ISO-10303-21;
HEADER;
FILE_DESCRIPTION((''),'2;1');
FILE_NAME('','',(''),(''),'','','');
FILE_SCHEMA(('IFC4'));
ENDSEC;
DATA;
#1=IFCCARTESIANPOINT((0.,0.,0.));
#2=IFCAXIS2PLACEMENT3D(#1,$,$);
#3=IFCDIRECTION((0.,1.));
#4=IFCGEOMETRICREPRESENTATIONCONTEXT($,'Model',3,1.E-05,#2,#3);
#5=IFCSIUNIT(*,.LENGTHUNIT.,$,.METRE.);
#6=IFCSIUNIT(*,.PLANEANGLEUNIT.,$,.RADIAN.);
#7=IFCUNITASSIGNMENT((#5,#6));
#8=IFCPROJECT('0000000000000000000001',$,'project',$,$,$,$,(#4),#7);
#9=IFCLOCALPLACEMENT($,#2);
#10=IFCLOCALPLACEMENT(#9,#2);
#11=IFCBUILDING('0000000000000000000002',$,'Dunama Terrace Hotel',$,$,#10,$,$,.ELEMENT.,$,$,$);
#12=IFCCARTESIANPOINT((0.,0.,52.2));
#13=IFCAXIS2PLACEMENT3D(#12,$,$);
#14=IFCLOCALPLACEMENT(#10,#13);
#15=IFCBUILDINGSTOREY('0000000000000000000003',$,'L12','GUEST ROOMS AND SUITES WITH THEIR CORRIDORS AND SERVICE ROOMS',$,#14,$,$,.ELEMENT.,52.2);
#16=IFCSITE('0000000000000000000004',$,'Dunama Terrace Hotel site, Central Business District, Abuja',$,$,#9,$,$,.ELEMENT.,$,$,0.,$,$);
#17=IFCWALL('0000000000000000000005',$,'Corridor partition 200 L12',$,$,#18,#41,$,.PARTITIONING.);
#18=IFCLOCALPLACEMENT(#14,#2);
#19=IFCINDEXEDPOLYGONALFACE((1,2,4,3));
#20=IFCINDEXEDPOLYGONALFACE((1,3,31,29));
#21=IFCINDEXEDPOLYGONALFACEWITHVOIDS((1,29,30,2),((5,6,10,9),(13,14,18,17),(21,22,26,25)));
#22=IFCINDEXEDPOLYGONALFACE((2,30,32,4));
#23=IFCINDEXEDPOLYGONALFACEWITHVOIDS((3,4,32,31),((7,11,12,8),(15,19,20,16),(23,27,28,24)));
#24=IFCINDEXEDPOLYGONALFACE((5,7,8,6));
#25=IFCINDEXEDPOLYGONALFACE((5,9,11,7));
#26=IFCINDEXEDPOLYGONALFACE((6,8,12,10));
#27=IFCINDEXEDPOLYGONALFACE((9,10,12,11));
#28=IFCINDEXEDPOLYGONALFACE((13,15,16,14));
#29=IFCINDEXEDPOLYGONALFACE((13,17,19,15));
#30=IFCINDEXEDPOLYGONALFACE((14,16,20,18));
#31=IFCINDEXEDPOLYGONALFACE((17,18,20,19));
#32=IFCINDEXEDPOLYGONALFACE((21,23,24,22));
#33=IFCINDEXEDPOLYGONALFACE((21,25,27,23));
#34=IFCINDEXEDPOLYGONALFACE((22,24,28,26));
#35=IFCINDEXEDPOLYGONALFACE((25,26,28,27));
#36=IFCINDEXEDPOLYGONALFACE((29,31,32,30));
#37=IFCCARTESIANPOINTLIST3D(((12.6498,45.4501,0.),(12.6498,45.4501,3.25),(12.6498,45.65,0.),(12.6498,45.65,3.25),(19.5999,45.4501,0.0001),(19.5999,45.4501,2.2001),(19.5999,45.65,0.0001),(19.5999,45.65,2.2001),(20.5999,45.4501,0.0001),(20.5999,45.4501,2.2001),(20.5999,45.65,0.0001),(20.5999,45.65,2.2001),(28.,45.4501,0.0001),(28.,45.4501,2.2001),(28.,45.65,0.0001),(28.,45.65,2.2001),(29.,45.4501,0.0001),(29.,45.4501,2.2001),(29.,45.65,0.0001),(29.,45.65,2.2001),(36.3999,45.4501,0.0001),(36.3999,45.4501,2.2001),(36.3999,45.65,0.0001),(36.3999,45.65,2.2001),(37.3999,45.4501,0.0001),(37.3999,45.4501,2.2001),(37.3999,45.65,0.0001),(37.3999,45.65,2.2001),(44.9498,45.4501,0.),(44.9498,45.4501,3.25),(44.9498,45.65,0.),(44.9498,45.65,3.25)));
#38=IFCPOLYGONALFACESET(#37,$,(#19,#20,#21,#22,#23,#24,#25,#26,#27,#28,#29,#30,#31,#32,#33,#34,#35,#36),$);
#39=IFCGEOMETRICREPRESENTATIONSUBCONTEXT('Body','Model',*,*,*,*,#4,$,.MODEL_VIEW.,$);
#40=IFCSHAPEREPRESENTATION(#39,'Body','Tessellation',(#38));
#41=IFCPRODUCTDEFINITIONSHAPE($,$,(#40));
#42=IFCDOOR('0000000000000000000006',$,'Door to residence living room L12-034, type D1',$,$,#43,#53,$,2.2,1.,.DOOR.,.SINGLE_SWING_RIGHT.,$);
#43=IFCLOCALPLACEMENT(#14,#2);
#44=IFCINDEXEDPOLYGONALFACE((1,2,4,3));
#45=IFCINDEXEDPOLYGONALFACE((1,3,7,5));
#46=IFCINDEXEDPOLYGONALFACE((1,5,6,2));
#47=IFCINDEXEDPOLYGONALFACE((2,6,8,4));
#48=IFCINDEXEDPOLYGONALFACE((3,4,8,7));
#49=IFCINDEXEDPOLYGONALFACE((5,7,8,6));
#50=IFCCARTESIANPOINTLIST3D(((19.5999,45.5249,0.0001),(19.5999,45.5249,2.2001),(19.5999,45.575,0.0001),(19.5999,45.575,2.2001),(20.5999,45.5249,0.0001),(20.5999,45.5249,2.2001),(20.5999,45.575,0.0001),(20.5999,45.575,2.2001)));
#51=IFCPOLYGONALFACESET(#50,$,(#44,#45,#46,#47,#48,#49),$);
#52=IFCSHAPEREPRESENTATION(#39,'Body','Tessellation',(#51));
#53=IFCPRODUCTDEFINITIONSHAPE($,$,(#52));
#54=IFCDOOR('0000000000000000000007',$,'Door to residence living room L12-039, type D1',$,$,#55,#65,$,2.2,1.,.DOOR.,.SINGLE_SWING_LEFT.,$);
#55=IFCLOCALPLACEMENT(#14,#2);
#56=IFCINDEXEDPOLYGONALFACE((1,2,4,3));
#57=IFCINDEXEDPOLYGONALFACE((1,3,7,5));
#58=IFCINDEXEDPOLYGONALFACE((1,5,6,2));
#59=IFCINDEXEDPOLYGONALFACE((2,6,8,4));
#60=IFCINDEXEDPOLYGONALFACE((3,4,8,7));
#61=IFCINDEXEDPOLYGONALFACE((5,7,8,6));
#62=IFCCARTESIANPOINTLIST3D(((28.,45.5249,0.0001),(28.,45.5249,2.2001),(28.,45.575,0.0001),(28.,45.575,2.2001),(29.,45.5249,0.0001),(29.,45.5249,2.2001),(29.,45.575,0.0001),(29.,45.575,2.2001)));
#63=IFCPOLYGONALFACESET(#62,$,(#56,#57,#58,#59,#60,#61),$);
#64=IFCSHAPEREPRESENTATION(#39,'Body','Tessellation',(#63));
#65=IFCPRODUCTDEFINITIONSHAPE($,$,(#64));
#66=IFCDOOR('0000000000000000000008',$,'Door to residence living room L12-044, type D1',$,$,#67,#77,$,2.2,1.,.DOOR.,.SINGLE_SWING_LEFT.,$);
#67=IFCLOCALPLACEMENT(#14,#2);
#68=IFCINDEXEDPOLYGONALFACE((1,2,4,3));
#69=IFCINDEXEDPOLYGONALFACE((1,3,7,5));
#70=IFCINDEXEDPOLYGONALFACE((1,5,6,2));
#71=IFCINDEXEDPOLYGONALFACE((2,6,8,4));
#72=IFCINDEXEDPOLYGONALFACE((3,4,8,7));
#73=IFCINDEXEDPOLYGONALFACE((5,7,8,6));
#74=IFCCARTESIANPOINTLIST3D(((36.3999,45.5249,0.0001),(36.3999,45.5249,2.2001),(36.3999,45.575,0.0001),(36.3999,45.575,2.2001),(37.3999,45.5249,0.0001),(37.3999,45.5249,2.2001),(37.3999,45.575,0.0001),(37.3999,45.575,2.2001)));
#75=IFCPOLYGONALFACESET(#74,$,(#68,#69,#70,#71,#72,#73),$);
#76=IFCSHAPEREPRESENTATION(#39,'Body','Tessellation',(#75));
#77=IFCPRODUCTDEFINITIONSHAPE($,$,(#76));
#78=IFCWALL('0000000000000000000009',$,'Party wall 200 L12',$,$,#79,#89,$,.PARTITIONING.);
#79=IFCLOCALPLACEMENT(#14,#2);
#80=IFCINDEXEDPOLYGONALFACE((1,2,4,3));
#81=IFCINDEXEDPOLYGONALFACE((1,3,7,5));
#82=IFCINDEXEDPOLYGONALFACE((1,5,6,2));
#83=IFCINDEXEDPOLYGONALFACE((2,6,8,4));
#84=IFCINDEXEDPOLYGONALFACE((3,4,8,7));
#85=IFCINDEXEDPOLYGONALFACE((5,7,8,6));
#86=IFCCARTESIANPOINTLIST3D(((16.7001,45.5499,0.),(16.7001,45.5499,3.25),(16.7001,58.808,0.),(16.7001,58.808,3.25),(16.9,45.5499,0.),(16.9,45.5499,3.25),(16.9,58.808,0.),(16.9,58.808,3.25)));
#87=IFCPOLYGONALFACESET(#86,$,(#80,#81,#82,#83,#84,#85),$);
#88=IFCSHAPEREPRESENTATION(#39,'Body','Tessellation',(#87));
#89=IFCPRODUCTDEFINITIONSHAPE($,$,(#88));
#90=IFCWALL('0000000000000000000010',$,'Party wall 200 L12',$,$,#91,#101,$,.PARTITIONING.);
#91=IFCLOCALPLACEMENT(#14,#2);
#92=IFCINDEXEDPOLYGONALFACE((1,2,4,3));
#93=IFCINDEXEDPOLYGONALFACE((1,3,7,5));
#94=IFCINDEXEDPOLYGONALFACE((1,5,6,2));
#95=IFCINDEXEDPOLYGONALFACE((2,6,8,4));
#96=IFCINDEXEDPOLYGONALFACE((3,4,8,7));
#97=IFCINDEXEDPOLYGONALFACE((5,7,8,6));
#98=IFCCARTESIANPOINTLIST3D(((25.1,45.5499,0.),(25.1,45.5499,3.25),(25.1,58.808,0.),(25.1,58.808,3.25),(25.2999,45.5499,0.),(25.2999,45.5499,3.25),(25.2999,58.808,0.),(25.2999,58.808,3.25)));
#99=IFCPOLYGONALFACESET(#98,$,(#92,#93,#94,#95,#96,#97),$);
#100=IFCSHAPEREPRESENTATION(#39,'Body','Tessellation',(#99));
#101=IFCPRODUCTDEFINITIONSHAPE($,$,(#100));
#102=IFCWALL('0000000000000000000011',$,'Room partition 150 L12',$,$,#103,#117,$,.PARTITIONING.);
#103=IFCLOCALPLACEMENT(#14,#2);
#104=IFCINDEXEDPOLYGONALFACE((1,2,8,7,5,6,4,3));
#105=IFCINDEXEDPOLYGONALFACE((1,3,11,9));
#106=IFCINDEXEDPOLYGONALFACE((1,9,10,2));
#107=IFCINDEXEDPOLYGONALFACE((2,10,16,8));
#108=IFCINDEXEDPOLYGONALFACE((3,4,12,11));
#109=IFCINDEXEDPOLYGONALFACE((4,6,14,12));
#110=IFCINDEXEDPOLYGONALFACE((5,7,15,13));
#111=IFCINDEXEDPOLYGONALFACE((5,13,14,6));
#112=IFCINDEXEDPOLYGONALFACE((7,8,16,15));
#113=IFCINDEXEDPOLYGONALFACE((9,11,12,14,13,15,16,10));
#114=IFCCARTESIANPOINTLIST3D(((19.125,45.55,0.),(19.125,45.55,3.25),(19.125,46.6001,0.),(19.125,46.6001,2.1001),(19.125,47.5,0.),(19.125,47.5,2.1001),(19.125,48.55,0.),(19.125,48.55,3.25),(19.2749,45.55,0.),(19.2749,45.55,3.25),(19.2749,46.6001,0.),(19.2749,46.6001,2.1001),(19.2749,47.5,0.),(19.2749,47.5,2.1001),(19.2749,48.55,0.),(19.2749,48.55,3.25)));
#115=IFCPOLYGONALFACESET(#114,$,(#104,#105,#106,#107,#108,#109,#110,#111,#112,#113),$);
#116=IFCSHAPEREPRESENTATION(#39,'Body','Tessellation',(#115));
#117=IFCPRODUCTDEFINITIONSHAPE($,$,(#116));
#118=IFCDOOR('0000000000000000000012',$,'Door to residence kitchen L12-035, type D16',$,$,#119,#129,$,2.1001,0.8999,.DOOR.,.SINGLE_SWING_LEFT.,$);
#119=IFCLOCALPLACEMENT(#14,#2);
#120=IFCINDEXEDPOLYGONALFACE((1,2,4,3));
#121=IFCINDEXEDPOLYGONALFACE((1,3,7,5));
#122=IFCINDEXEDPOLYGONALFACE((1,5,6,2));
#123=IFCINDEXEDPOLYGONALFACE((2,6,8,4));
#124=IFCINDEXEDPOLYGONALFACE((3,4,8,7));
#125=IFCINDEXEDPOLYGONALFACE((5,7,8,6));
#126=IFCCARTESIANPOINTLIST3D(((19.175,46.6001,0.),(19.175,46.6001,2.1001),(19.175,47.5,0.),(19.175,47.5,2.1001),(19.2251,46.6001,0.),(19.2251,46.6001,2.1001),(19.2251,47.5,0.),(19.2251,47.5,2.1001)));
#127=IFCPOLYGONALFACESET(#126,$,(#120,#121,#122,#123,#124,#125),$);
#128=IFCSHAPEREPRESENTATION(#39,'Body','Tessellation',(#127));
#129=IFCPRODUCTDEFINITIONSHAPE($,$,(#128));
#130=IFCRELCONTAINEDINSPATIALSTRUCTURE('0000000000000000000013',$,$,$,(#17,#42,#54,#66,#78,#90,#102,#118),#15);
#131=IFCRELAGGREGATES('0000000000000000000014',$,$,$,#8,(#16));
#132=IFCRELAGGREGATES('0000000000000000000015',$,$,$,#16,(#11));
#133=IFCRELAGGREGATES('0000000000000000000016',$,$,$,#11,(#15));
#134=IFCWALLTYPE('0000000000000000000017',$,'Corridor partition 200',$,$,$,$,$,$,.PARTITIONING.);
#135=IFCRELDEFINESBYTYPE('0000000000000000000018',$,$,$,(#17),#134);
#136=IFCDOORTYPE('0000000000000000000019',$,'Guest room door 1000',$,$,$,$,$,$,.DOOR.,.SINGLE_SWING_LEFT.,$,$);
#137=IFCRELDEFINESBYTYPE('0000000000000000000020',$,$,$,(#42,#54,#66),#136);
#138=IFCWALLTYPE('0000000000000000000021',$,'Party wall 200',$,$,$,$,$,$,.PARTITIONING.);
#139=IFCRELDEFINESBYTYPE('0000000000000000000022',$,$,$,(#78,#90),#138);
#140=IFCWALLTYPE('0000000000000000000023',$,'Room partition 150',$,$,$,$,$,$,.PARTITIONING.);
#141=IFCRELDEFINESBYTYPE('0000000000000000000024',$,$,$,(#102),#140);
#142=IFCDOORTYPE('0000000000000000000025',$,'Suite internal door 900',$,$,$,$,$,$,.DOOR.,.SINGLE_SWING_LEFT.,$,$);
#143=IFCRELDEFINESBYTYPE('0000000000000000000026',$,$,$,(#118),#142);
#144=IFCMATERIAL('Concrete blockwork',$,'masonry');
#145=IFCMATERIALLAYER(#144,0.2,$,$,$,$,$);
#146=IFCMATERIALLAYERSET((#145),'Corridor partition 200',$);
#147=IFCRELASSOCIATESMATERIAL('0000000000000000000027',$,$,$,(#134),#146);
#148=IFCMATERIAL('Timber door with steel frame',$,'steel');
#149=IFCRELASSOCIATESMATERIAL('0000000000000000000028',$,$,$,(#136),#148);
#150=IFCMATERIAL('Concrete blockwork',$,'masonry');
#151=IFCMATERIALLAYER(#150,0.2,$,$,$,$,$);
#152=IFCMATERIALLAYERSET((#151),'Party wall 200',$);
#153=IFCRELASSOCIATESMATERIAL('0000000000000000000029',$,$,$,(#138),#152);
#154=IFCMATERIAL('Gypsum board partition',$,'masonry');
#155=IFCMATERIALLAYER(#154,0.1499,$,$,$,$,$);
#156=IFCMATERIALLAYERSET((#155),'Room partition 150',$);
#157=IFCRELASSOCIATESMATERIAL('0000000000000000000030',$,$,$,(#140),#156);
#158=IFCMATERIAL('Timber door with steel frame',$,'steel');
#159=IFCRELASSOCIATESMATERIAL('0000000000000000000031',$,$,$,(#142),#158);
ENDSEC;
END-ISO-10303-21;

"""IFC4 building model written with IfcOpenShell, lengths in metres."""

from ifc_helpers import new_model, si_unit, direction, frame, frame_2d, origin, place, context, subcontext, project, spatial, rectangle, extrude, material, layer, layer_set, type_object, element, fill, save


model = new_model("IFC4")

# Units and contexts
model_context = context("Model", 3, precision=1e-05, world=origin(), true_north=direction((0.0, 1.0)))
body_context = subcontext(model_context, "Body", "Model", "MODEL_VIEW")
ifc_project = project(units=[si_unit("LENGTHUNIT", "METRE"), si_unit("PLANEANGLEUNIT", "RADIAN")], contexts=[model_context])

# Site, building, storey
site_placement = place(None, origin())
site = spatial("IfcSite", under=ifc_project, at=site_placement, Name="Dunama Terrace Hotel site, Central Business District, Abuja", CompositionType="ELEMENT", RefElevation=0.0)
building_placement = place(site_placement, origin())
building = spatial("IfcBuilding", under=site, at=building_placement, Name="Dunama Terrace Hotel", CompositionType="ELEMENT")
storey_placement = place(building_placement, frame((0.0, 0.0, 52.2)))
storey = spatial("IfcBuildingStorey", under=building, at=storey_placement, Name="L12", Description="GUEST ROOMS AND SUITES WITH THEIR CORRIDORS AND SERVICE ROOMS", CompositionType="ELEMENT", Elevation=52.2)

# Wall, openings, doors
ifc_material_1 = material(Name="Concrete blockwork", Category="masonry")
ifc_layer_1 = layer(ifc_material_1, 0.2)
ifc_layer_set_1 = layer_set([ifc_layer_1], Name="Corridor partition 200")
wall_type_1 = type_object("IfcWallType", Name="Corridor partition 200", PredefinedType="PARTITIONING", material=ifc_layer_set_1)
wall_1_placement = place(storey_placement, frame((12.6499, 45.55, 0.0), z_axis=(0.0, 0.0, 1.0), x_axis=(1.0, 0.0, 0.0)))
wall_1 = element("IfcWall", 1, at=wall_1_placement, inside=storey, type_object=wall_type_1, Name="Corridor partition 200 L12", PredefinedType="PARTITIONING", context=body_context, shape_type="SweptSolid", body=[
    extrude(rectangle(XDim=32.3, YDim=0.2, at=frame_2d((16.1499, 0.0))), origin(), (0.0, 0.0, 1.0), 3.25),
])
opening_1_placement = place(wall_1_placement, frame((6.95, 0.0, 0.0)))
opening_1 = element("IfcOpeningElement", 2, at=opening_1_placement, cuts=wall_1, PredefinedType="OPENING", context=body_context, shape_type="SweptSolid", body=[
    extrude(rectangle(XDim=1.0, YDim=2.2, at=frame_2d((0.5, 1.1001))), frame((0.0, 0.1099, 0.0), z_axis=(0.0, -1.0, 0.0), x_axis=(1.0, 0.0, 0.0)), (0.0, 0.0, 1.0), 0.22),
])
opening_2_placement = place(wall_1_placement, frame((15.3501, 0.0, 0.0)))
opening_2 = element("IfcOpeningElement", 3, at=opening_2_placement, cuts=wall_1, PredefinedType="OPENING", context=body_context, shape_type="SweptSolid", body=[
    extrude(rectangle(XDim=1.0, YDim=2.2, at=frame_2d((0.5, 1.1001))), frame((0.0, 0.1099, 0.0), z_axis=(0.0, -1.0, 0.0), x_axis=(1.0, 0.0, 0.0)), (0.0, 0.0, 1.0), 0.22),
])
opening_3_placement = place(wall_1_placement, frame((23.75, 0.0, 0.0)))
opening_3 = element("IfcOpeningElement", 4, at=opening_3_placement, cuts=wall_1, PredefinedType="OPENING", context=body_context, shape_type="SweptSolid", body=[
    extrude(rectangle(XDim=1.0, YDim=2.2, at=frame_2d((0.5, 1.1001))), frame((0.0, 0.1099, 0.0), z_axis=(0.0, -1.0, 0.0), x_axis=(1.0, 0.0, 0.0)), (0.0, 0.0, 1.0), 0.22),
])
ifc_material_2 = material(Name="Timber door with steel frame", Category="steel")
door_type_1 = type_object("IfcDoorType", Name="Guest room door 1000", OperationType="SINGLE_SWING_LEFT", PredefinedType="DOOR", material=ifc_material_2)
door_1_placement = place(opening_1_placement, origin())
door_1 = element("IfcDoor", 5, at=door_1_placement, inside=storey, type_object=door_type_1, Name="Door to residence living room L12-034, type D1", OperationType="SINGLE_SWING_RIGHT", OverallHeight=2.2, OverallWidth=1.0, PredefinedType="DOOR", context=body_context, shape_type="SweptSolid", body=[
    extrude(rectangle(XDim=1.0, YDim=2.2, at=frame_2d((0.5, 1.1001))), frame((0.0, 0.0249, 0.0), z_axis=(0.0, -1.0, 0.0), x_axis=(1.0, 0.0, 0.0)), (0.0, 0.0, 1.0), 0.05),
])
fill(opening_1, door_1)
door_2_placement = place(opening_2_placement, origin())
door_2 = element("IfcDoor", 6, at=door_2_placement, inside=storey, type_object=door_type_1, Name="Door to residence living room L12-039, type D1", OperationType="SINGLE_SWING_LEFT", OverallHeight=2.2, OverallWidth=1.0, PredefinedType="DOOR", context=body_context, shape_type="SweptSolid", body=[
    extrude(rectangle(XDim=1.0, YDim=2.2, at=frame_2d((0.5, 1.1001))), frame((0.0, 0.0249, 0.0), z_axis=(0.0, -1.0, 0.0), x_axis=(1.0, 0.0, 0.0)), (0.0, 0.0, 1.0), 0.05),
])
fill(opening_2, door_2)
door_3_placement = place(opening_3_placement, origin())
door_3 = element("IfcDoor", 7, at=door_3_placement, inside=storey, type_object=door_type_1, Name="Door to residence living room L12-044, type D1", OperationType="SINGLE_SWING_LEFT", OverallHeight=2.2, OverallWidth=1.0, PredefinedType="DOOR", context=body_context, shape_type="SweptSolid", body=[
    extrude(rectangle(XDim=1.0, YDim=2.2, at=frame_2d((0.5, 1.1001))), frame((0.0, 0.0249, 0.0), z_axis=(0.0, -1.0, 0.0), x_axis=(1.0, 0.0, 0.0)), (0.0, 0.0, 1.0), 0.05),
])
fill(opening_3, door_3)

# Walls
ifc_material_3 = material(Name="Concrete blockwork", Category="masonry")
ifc_layer_2 = layer(ifc_material_3, 0.2)
ifc_layer_set_2 = layer_set([ifc_layer_2], Name="Party wall 200")
wall_type_2 = type_object("IfcWallType", Name="Party wall 200", PredefinedType="PARTITIONING", material=ifc_layer_set_2)
for number, where, z_axis, x_axis, name in (
    (8, (16.8, 45.55, 0.0), (0.0, 0.0, 1.0), (0.0, 1.0, 0.0), "Party wall 200 L12"),
    (9, (25.2, 45.55, 0.0), (0.0, 0.0, 1.0), (0.0, 1.0, 0.0), "Party wall 200 L12"),
):
    element("IfcWall", number, at=place(storey_placement, frame(where, z_axis=z_axis, x_axis=x_axis)), inside=storey, type_object=wall_type_2, Name=name, PredefinedType="PARTITIONING", context=body_context, shape_type="SweptSolid", body=[
        extrude(rectangle(XDim=13.2581, YDim=0.2, at=frame_2d((6.6289, 0.0))), origin(), (0.0, 0.0, 1.0), 3.25),
    ])

# Wall, opening, door
ifc_material_4 = material(Name="Gypsum board partition", Category="masonry")
ifc_layer_3 = layer(ifc_material_4, 0.1499)
ifc_layer_set_3 = layer_set([ifc_layer_3], Name="Room partition 150")
wall_type_3 = type_object("IfcWallType", Name="Room partition 150", PredefinedType="PARTITIONING", material=ifc_layer_set_3)
wall_2_placement = place(storey_placement, frame((19.2, 45.55, 0.0), z_axis=(0.0, 0.0, 1.0), x_axis=(0.0, 1.0, 0.0)))
wall_2 = element("IfcWall", 10, at=wall_2_placement, inside=storey, type_object=wall_type_3, Name="Room partition 150 L12", PredefinedType="PARTITIONING", context=body_context, shape_type="SweptSolid", body=[
    extrude(rectangle(XDim=3.0, YDim=0.1499, at=frame_2d((1.5, 0.0))), origin(), (0.0, 0.0, 1.0), 3.25),
])
opening_4_placement = place(wall_2_placement, frame((1.05, 0.0, 0.0)))
opening_4 = element("IfcOpeningElement", 11, at=opening_4_placement, cuts=wall_2, PredefinedType="OPENING", context=body_context, shape_type="SweptSolid", body=[
    extrude(rectangle(XDim=0.8999, YDim=2.1001, at=frame_2d((0.45, 1.05))), frame((0.0, 0.085, 0.0), z_axis=(0.0, -1.0, 0.0), x_axis=(1.0, 0.0, 0.0)), (0.0, 0.0, 1.0), 0.1699),
])
ifc_material_5 = material(Name="Timber door with steel frame", Category="steel")
door_type_2 = type_object("IfcDoorType", Name="Suite internal door 900", OperationType="SINGLE_SWING_LEFT", PredefinedType="DOOR", material=ifc_material_5)
door_4_placement = place(opening_4_placement, origin())
door_4 = element("IfcDoor", 12, at=door_4_placement, inside=storey, type_object=door_type_2, Name="Door to residence kitchen L12-035, type D16", OperationType="SINGLE_SWING_LEFT", OverallHeight=2.1001, OverallWidth=0.8999, PredefinedType="DOOR", context=body_context, shape_type="SweptSolid", body=[
    extrude(rectangle(XDim=0.8999, YDim=2.1001, at=frame_2d((0.45, 1.05))), frame((0.0, 0.0249, 0.0), z_axis=(0.0, -1.0, 0.0), x_axis=(1.0, 0.0, 0.0)), (0.0, 0.0, 1.0), 0.05),
])
fill(opening_4, door_4)

save(model, "model.ifc")
